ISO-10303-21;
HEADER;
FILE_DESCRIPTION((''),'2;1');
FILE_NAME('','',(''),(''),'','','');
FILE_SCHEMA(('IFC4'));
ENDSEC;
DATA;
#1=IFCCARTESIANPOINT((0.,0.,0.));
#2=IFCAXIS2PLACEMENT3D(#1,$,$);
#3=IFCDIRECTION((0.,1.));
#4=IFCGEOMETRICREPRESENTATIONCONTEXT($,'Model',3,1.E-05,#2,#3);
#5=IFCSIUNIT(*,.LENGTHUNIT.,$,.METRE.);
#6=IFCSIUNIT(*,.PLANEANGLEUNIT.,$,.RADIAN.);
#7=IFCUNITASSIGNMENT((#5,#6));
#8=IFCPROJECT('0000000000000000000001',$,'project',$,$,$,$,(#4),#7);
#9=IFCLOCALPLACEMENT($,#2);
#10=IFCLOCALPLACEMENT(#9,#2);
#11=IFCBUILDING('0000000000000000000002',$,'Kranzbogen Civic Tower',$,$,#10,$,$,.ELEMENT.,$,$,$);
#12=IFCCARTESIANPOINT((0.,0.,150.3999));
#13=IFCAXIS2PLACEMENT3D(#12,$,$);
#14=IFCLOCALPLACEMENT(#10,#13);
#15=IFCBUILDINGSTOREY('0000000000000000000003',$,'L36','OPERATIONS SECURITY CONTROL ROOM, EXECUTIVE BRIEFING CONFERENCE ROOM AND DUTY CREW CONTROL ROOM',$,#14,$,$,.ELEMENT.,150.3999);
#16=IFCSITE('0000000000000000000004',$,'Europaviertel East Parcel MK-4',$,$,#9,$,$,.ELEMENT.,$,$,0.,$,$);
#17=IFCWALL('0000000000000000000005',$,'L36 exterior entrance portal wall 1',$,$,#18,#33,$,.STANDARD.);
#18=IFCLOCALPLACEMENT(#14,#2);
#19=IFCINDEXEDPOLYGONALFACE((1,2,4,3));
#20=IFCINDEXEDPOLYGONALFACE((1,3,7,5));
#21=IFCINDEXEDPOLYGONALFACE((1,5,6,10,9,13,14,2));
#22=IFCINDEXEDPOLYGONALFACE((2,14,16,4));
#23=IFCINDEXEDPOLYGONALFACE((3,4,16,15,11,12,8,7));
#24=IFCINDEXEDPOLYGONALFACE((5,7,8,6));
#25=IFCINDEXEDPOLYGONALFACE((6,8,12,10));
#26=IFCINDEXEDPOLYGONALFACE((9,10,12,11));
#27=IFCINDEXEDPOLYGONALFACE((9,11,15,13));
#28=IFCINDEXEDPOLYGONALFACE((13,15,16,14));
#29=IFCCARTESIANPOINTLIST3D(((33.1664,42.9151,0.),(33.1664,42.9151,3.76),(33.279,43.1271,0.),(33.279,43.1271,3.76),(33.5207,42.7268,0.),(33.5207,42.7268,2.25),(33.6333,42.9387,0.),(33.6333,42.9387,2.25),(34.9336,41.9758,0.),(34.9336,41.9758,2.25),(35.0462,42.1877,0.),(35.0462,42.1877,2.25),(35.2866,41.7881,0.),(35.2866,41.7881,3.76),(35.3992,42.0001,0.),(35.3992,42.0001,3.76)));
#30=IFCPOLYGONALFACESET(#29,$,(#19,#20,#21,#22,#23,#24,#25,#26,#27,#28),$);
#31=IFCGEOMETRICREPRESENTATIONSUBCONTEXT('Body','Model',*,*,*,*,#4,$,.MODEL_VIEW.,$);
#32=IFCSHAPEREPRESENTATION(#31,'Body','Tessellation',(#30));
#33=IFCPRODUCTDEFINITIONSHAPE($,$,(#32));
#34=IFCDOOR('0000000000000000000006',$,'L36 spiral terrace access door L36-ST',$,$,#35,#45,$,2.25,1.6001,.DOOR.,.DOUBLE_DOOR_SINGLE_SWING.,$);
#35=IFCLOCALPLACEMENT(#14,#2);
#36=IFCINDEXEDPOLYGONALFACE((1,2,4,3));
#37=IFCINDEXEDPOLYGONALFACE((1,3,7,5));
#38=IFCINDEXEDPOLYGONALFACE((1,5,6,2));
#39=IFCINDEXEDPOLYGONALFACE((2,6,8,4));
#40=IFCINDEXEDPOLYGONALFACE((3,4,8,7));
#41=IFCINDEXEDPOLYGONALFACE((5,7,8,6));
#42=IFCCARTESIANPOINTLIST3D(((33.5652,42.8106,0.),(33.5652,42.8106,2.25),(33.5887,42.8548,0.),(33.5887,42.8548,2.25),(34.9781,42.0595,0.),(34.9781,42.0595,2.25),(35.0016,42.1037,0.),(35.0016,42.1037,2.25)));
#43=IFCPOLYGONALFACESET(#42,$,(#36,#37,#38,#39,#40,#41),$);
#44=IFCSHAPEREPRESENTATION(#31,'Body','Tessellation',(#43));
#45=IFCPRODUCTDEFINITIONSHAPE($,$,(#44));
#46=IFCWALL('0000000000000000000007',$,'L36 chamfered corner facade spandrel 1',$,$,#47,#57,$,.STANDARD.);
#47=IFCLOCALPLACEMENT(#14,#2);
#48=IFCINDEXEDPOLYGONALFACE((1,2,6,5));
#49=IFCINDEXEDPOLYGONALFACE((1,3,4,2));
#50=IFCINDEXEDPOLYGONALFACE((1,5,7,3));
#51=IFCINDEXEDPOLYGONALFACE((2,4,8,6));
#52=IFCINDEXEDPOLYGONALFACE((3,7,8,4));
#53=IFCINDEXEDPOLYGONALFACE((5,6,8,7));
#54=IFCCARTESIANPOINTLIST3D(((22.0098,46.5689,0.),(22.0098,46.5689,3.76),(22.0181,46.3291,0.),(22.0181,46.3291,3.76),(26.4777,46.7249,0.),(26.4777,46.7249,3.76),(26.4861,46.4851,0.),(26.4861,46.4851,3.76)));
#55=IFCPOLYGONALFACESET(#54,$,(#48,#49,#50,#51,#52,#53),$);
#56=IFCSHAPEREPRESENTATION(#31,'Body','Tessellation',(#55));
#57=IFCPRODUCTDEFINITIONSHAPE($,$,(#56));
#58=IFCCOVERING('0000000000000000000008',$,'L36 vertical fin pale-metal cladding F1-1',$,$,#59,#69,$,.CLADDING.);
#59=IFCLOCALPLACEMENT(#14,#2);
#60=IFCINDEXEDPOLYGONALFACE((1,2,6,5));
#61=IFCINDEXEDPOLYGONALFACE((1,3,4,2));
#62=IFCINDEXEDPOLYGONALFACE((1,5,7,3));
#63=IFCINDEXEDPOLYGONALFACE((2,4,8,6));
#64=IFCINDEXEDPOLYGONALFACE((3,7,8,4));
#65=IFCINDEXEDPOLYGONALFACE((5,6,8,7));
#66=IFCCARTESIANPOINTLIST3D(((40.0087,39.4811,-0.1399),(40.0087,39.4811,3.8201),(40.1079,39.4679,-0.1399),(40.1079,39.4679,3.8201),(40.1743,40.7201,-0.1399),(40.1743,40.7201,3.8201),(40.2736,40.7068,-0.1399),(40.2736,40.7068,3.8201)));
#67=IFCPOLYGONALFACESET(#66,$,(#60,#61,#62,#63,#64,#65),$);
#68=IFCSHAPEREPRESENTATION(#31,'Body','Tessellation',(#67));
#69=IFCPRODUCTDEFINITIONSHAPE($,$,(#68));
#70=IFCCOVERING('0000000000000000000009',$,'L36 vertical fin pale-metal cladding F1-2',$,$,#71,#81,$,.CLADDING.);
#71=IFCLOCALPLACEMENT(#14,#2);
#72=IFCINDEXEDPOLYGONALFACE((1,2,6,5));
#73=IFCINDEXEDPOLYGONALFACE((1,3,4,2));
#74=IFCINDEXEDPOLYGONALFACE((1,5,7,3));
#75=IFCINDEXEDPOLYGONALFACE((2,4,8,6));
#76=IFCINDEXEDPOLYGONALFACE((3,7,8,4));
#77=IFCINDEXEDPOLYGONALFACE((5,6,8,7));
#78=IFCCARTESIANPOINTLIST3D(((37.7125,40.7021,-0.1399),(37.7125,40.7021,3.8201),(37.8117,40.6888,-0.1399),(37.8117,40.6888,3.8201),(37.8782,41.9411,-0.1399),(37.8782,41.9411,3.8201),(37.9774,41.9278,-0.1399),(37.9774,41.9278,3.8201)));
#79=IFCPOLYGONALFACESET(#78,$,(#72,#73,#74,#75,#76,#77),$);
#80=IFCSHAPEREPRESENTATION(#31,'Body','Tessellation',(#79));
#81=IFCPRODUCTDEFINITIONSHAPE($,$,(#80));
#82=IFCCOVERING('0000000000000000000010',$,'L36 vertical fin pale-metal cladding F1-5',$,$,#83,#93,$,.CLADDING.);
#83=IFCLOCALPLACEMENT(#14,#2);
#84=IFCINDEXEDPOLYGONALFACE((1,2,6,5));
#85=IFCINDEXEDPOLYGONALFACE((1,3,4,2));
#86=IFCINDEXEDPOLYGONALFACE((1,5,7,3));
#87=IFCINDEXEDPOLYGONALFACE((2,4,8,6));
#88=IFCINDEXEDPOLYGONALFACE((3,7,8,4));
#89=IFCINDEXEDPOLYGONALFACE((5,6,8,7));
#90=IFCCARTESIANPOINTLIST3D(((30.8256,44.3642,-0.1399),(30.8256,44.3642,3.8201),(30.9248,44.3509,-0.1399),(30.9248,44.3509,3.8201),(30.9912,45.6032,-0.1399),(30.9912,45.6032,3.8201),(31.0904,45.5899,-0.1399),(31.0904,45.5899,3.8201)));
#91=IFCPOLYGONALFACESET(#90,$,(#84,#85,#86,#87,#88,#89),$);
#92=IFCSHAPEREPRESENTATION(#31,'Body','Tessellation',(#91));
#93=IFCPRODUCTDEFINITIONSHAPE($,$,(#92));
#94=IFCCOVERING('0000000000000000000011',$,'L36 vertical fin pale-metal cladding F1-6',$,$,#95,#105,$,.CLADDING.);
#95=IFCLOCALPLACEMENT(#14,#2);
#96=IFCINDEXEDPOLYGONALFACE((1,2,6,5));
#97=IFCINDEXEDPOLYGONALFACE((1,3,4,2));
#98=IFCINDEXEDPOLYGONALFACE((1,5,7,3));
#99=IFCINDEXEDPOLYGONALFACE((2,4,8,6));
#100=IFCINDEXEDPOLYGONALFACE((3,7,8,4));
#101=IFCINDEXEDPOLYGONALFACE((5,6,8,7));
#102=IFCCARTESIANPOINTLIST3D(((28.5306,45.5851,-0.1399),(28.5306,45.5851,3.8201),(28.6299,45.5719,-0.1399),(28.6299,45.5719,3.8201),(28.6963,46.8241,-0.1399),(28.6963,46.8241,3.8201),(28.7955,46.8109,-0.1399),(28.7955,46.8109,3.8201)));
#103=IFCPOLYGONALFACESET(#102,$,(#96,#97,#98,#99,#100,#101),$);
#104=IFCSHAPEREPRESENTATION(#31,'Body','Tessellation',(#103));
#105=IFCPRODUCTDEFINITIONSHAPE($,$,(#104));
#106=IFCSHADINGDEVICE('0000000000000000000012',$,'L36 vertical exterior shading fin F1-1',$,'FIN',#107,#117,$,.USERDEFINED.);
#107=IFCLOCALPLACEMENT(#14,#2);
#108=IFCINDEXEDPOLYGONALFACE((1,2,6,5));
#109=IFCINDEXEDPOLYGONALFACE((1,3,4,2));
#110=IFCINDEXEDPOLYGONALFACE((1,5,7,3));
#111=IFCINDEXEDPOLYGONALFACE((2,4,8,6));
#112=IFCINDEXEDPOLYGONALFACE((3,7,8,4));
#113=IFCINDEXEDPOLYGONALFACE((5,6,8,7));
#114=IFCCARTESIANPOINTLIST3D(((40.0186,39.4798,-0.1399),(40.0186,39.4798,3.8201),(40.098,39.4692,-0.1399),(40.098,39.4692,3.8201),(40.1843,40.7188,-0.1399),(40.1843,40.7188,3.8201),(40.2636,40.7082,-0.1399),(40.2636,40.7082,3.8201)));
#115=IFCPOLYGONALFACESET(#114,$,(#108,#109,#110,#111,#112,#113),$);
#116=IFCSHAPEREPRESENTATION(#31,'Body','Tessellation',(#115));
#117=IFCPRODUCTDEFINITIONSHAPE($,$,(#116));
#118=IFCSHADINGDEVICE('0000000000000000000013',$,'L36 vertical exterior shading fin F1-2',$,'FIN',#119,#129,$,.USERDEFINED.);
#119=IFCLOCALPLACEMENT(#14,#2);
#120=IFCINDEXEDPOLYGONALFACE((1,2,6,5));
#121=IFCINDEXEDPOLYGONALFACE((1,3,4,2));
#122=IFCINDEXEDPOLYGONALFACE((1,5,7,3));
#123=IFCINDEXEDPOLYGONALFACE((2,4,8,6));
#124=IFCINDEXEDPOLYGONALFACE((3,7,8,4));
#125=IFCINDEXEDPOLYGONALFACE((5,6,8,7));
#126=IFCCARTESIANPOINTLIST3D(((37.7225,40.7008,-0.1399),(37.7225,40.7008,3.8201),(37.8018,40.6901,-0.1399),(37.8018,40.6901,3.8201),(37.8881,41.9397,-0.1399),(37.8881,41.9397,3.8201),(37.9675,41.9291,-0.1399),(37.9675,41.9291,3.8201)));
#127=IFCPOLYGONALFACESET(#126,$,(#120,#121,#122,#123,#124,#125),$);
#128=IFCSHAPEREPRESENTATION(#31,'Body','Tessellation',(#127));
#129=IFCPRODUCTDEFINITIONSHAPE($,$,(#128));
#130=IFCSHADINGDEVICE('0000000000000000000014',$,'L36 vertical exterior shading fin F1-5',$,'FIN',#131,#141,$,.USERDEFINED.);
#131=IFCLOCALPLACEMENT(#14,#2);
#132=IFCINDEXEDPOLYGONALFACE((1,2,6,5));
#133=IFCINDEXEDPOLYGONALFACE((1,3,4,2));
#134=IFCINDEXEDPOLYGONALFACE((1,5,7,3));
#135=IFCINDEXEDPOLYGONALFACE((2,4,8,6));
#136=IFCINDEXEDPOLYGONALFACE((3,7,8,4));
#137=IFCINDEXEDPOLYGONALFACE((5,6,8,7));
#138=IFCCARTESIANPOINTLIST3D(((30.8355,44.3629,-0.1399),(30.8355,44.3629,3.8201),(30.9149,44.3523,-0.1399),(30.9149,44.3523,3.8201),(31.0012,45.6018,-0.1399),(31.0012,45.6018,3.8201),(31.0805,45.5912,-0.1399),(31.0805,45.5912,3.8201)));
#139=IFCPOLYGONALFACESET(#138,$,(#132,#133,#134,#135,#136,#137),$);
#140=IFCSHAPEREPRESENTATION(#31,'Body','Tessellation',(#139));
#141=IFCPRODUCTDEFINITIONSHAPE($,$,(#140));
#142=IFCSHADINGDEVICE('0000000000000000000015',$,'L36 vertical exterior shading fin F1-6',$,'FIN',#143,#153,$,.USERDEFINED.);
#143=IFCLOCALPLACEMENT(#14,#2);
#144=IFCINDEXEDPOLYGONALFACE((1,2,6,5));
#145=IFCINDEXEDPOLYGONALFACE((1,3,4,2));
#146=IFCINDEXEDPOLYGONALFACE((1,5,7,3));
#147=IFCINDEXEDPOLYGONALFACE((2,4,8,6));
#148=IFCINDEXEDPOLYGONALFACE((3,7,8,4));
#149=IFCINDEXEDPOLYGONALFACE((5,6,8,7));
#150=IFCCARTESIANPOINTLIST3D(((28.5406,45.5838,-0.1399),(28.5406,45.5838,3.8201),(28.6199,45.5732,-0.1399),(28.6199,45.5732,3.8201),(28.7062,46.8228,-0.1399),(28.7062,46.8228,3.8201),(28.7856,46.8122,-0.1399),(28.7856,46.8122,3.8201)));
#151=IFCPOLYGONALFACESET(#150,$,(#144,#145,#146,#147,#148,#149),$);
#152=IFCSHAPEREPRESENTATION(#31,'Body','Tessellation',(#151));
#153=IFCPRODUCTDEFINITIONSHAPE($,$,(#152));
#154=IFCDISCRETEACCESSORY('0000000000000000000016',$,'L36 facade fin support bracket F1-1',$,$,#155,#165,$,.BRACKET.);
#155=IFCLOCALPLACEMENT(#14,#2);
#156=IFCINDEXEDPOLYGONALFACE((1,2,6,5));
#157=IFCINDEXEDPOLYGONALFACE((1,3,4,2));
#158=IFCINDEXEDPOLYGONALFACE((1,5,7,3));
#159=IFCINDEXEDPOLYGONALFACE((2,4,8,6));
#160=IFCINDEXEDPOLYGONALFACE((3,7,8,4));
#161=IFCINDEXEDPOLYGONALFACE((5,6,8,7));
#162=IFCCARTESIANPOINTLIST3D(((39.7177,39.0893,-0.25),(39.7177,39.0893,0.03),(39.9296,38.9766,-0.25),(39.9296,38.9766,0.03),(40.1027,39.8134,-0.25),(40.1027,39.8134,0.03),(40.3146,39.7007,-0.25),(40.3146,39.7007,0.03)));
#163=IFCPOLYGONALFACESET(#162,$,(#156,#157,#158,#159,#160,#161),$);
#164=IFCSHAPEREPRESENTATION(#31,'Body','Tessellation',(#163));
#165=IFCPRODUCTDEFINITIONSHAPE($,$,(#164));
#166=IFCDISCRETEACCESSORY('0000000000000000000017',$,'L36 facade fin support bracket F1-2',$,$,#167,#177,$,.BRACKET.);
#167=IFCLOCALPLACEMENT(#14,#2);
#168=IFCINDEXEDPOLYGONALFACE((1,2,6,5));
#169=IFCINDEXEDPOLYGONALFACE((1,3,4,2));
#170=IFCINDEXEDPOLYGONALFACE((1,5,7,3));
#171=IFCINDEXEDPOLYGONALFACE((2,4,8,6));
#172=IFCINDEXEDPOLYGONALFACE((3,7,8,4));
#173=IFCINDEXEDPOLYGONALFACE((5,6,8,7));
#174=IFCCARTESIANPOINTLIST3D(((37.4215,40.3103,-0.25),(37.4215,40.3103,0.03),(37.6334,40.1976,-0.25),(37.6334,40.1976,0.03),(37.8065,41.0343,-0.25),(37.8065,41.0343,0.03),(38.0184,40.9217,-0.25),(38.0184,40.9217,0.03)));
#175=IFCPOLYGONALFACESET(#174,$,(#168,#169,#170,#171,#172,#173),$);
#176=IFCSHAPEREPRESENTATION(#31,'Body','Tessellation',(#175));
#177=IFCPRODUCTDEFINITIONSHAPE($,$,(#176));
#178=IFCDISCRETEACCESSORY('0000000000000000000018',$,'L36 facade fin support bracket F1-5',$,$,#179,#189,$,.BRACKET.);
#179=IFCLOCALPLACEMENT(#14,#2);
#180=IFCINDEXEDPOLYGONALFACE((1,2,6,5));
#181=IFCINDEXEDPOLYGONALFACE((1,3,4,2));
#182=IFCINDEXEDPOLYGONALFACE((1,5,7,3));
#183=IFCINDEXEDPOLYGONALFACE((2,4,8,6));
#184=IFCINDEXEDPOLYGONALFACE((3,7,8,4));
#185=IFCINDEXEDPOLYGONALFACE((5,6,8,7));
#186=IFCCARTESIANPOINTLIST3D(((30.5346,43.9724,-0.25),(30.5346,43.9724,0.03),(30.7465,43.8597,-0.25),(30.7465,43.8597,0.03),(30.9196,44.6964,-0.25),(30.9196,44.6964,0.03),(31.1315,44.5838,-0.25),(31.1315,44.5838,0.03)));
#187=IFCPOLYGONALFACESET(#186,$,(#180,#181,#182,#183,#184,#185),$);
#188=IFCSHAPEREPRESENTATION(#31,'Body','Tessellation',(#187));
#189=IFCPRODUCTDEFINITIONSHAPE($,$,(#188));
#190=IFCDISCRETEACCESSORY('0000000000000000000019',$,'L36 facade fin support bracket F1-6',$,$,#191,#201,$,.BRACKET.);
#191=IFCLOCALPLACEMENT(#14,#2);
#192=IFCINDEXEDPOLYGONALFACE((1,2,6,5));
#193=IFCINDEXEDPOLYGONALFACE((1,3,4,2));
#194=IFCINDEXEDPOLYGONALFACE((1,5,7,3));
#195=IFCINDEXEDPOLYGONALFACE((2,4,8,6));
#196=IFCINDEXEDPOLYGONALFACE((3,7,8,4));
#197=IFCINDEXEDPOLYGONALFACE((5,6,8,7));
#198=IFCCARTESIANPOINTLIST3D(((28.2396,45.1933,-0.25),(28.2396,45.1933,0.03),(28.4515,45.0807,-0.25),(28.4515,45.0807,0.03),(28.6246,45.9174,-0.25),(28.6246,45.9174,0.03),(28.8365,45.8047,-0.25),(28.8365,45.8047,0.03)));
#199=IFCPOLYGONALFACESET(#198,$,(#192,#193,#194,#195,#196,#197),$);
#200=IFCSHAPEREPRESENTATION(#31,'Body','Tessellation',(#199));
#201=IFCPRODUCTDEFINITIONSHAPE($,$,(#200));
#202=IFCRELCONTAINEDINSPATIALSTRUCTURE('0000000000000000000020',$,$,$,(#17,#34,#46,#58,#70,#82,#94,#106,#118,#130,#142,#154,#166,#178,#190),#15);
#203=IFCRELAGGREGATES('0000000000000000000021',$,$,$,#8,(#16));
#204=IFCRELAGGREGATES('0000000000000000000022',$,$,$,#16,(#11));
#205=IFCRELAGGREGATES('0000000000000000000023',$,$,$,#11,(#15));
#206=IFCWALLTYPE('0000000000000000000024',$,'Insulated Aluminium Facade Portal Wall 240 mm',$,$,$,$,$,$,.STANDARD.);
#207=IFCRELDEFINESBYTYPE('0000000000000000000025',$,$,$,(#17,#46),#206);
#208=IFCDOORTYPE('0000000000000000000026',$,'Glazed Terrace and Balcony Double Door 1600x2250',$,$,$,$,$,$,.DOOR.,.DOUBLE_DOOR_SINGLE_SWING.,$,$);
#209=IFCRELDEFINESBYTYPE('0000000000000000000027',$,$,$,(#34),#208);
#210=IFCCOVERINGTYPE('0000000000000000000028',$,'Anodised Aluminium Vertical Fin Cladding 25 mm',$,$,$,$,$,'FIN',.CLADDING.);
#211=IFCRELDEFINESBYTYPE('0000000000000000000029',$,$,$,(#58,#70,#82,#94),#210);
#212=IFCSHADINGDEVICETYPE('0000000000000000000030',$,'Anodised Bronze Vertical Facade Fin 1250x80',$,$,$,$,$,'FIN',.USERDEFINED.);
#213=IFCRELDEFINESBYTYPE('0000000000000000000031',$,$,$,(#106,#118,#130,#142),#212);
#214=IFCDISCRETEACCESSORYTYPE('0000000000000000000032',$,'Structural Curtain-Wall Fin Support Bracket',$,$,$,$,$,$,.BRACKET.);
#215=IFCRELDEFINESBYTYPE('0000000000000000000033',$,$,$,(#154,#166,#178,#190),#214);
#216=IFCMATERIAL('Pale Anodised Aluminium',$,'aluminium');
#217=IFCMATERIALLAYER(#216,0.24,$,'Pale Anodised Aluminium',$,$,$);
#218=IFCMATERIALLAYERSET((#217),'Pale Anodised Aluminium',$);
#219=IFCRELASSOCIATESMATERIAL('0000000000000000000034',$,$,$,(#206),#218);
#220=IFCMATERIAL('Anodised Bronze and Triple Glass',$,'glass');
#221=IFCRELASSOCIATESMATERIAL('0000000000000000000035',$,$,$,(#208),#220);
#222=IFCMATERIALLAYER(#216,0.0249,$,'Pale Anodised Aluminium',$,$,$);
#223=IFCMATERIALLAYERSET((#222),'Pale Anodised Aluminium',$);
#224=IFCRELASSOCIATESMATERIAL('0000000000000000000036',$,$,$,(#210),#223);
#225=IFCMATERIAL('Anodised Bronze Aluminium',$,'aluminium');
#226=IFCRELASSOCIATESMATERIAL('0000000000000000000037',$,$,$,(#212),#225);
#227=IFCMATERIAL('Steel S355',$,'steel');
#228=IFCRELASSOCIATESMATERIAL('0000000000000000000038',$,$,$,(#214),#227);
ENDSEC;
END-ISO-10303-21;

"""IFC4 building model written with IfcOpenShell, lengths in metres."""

from ifc_helpers import new_model, si_unit, direction, frame, frame_2d, origin, origin_2d, place, context, subcontext, project, spatial, rectangle, extrude, material, layer, layer_set, type_object, element, fill, save


model = new_model("IFC4")

# Units and contexts
model_context = context("Model", 3, precision=1e-05, world=origin(), true_north=direction((0.0, 1.0)))
body_context = subcontext(model_context, "Body", "Model", "MODEL_VIEW")
ifc_project = project(units=[si_unit("LENGTHUNIT", "METRE"), si_unit("PLANEANGLEUNIT", "RADIAN")], contexts=[model_context])

# Site, building, storey
site_placement = place(None, origin())
site = spatial("IfcSite", under=ifc_project, at=site_placement, Name="Europaviertel East Parcel MK-4", CompositionType="ELEMENT", RefElevation=0.0)
building_placement = place(site_placement, origin())
building = spatial("IfcBuilding", under=site, at=building_placement, Name="Kranzbogen Civic Tower", CompositionType="ELEMENT")
storey_placement = place(building_placement, frame((0.0, 0.0, 150.3999)))
storey = spatial("IfcBuildingStorey", under=building, at=storey_placement, Name="L36", Description="OPERATIONS SECURITY CONTROL ROOM, EXECUTIVE BRIEFING CONFERENCE ROOM AND DUTY CREW CONTROL ROOM", CompositionType="ELEMENT", Elevation=150.3999)

# Shared definitions
ifc_material_1 = material(Name="Steel S355", Category="steel")

# Shared definitions
ifc_material_2 = material(Name="Pale Anodised Aluminium", Category="aluminium")

# Wall, opening, door
ifc_layer_1 = layer(ifc_material_2, 0.24, Name="Pale Anodised Aluminium")
ifc_layer_set_1 = layer_set([ifc_layer_1], Name="Pale Anodised Aluminium")
wall_type_1 = type_object("IfcWallType", Name="Insulated Aluminium Facade Portal Wall 240 mm", PredefinedType="STANDARD", material=ifc_layer_set_1)
wall_1_placement = place(storey_placement, frame((35.343, 41.894, 0.0), z_axis=(0.0, 0.0, 1.0), x_axis=(-0.883005, 0.469363, 0.0)))
wall_1 = element("IfcWall", 1, at=wall_1_placement, inside=storey, type_object=wall_type_1, Name="L36 exterior entrance portal wall 1", PredefinedType="STANDARD", context=body_context, shape_type="SweptSolid", body=[
    extrude(rectangle(XDim=2.4011, YDim=0.24, at=frame_2d((1.2007, 0.0))), origin(), (0.0, 0.0, 1.0), 3.76),
])
opening_placement = place(wall_1_placement, frame((0.3999, 0.0, 0.0)))
opening = element("IfcOpeningElement", 2, at=opening_placement, cuts=wall_1, PredefinedType="OPENING", context=body_context, shape_type="SweptSolid", body=[
    extrude(rectangle(XDim=1.6001, YDim=2.25, at=frame_2d((0.8, 1.125))), frame((0.0, 0.1299, 0.0), z_axis=(0.0, -1.0, 0.0), x_axis=(1.0, 0.0, 0.0)), (0.0, 0.0, 1.0), 0.26),
])
ifc_material_3 = material(Name="Anodised Bronze and Triple Glass", Category="glass")
door_type = type_object("IfcDoorType", Name="Glazed Terrace and Balcony Double Door 1600x2250", OperationType="DOUBLE_DOOR_SINGLE_SWING", PredefinedType="DOOR", material=ifc_material_3)
door_placement = place(opening_placement, frame((1.6001, 0.0, 0.0), z_axis=(0.0, 0.0, 1.0), x_axis=(-1.0, 0.0, 0.0)))
door = element("IfcDoor", 3, at=door_placement, inside=storey, type_object=door_type, Name="L36 spiral terrace access door L36-ST", OperationType="DOUBLE_DOOR_SINGLE_SWING", OverallHeight=2.25, OverallWidth=1.6001, PredefinedType="DOOR", context=body_context, shape_type="SweptSolid", body=[
    extrude(rectangle(XDim=1.6001, YDim=2.25, at=frame_2d((0.8, 1.125))), frame((0.0, 0.0249, 0.0), z_axis=(0.0, -1.0, 0.0), x_axis=(1.0, 0.0, 0.0)), (0.0, 0.0, 1.0), 0.05),
])
fill(opening, door)

# Wall
wall_2_placement = place(storey_placement, frame((26.4819, 46.605, 0.0), z_axis=(0.0, 0.0, 1.0), x_axis=(-0.999391, -0.034895, 0.0)))
element("IfcWall", 4, at=wall_2_placement, inside=storey, type_object=wall_type_1, Name="L36 chamfered corner facade spandrel 1", PredefinedType="STANDARD", context=body_context, shape_type="SweptSolid", body=[
    extrude(rectangle(XDim=4.4707, YDim=0.24, at=frame_2d((2.2354, 0.0))), origin(), (0.0, 0.0, 1.0), 3.76),
])

# Coverings
ifc_layer_2 = layer(ifc_material_2, 0.0249, Name="Pale Anodised Aluminium")
ifc_layer_set_2 = layer_set([ifc_layer_2], Name="Pale Anodised Aluminium")
covering_type = type_object("IfcCoveringType", Name="Anodised Aluminium Vertical Fin Cladding 25 mm", ElementType="FIN", PredefinedType="CLADDING", material=ifc_layer_set_2)
for number, where, z_axis, x_axis, name in (
    (5, (40.1411, 40.094, -0.1399), (0.0, 0.0, 1.0), (0.132533, 0.991179, 0.0), "L36 vertical fin pale-metal cladding F1-1"),
    (6, (37.845, 41.3149, -0.1399), (0.0, 0.0, 1.0), (0.132533, 0.991179, 0.0), "L36 vertical fin pale-metal cladding F1-2"),
    (7, (30.958, 44.9771, -0.1399), (0.0, 0.0, 1.0), (0.132533, 0.991179, 0.0), "L36 vertical fin pale-metal cladding F1-5"),
    (8, (28.6631, 46.198, -0.1399), (0.0, 0.0, 1.0), (0.132533, 0.991179, 0.0), "L36 vertical fin pale-metal cladding F1-6"),
):
    element("IfcCovering", number, at=place(storey_placement, frame(where, z_axis=z_axis, x_axis=x_axis)), inside=storey, type_object=covering_type, Name=name, PredefinedType="CLADDING", context=body_context, shape_type="SweptSolid", body=[
        extrude(rectangle(XDim=1.25, YDim=0.1001, at=origin_2d()), origin(), (0.0, 0.0, 1.0), 3.96),
    ])

# Shading devices
ifc_material_4 = material(Name="Anodised Bronze Aluminium", Category="aluminium")
shading_device_type = type_object("IfcShadingDeviceType", Name="Anodised Bronze Vertical Facade Fin 1250x80", ElementType="FIN", PredefinedType="USERDEFINED", material=ifc_material_4)
for number, where, z_axis, x_axis, name in (
    (9, (40.1411, 40.094, -0.1399), (0.0, 0.0, 1.0), (0.132533, 0.991179, 0.0), "L36 vertical exterior shading fin F1-1"),
    (10, (37.845, 41.3149, -0.1399), (0.0, 0.0, 1.0), (0.132533, 0.991179, 0.0), "L36 vertical exterior shading fin F1-2"),
    (11, (30.958, 44.9771, -0.1399), (0.0, 0.0, 1.0), (0.132533, 0.991179, 0.0), "L36 vertical exterior shading fin F1-5"),
    (12, (28.6631, 46.198, -0.1399), (0.0, 0.0, 1.0), (0.132533, 0.991179, 0.0), "L36 vertical exterior shading fin F1-6"),
):
    element("IfcShadingDevice", number, at=place(storey_placement, frame(where, z_axis=z_axis, x_axis=x_axis)), inside=storey, type_object=shading_device_type, Name=name, ObjectType="FIN", PredefinedType="USERDEFINED", context=body_context, shape_type="SweptSolid", body=[
        extrude(rectangle(XDim=1.25, YDim=0.0801, at=origin_2d()), origin(), (0.0, 0.0, 1.0), 3.96),
    ])

# Discrete accessories
discrete_accessory_type = type_object("IfcDiscreteAccessoryType", Name="Structural Curtain-Wall Fin Support Bracket", PredefinedType="BRACKET", material=ifc_material_1)
for number, where, z_axis, x_axis, name in (
    (13, (40.0161, 39.395, -0.25), (0.0, 0.0, 1.0), (0.469472, 0.882948, 0.0), "L36 facade fin support bracket F1-1"),
    (14, (37.72, 40.616, -0.25), (0.0, 0.0, 1.0), (0.469472, 0.882948, 0.0), "L36 facade fin support bracket F1-2"),
    (15, (30.833, 44.2781, -0.25), (0.0, 0.0, 1.0), (0.469472, 0.882948, 0.0), "L36 facade fin support bracket F1-5"),
    (16, (28.5381, 45.499, -0.25), (0.0, 0.0, 1.0), (0.469472, 0.882948, 0.0), "L36 facade fin support bracket F1-6"),
):
    element("IfcDiscreteAccessory", number, at=place(storey_placement, frame(where, z_axis=z_axis, x_axis=x_axis)), inside=storey, type_object=discrete_accessory_type, Name=name, PredefinedType="BRACKET", context=body_context, shape_type="SweptSolid", body=[
        extrude(rectangle(XDim=0.8201, YDim=0.24, at=origin_2d()), origin(), (0.0, 0.0, 1.0), 0.28),
    ])

save(model, "model.ifc")
